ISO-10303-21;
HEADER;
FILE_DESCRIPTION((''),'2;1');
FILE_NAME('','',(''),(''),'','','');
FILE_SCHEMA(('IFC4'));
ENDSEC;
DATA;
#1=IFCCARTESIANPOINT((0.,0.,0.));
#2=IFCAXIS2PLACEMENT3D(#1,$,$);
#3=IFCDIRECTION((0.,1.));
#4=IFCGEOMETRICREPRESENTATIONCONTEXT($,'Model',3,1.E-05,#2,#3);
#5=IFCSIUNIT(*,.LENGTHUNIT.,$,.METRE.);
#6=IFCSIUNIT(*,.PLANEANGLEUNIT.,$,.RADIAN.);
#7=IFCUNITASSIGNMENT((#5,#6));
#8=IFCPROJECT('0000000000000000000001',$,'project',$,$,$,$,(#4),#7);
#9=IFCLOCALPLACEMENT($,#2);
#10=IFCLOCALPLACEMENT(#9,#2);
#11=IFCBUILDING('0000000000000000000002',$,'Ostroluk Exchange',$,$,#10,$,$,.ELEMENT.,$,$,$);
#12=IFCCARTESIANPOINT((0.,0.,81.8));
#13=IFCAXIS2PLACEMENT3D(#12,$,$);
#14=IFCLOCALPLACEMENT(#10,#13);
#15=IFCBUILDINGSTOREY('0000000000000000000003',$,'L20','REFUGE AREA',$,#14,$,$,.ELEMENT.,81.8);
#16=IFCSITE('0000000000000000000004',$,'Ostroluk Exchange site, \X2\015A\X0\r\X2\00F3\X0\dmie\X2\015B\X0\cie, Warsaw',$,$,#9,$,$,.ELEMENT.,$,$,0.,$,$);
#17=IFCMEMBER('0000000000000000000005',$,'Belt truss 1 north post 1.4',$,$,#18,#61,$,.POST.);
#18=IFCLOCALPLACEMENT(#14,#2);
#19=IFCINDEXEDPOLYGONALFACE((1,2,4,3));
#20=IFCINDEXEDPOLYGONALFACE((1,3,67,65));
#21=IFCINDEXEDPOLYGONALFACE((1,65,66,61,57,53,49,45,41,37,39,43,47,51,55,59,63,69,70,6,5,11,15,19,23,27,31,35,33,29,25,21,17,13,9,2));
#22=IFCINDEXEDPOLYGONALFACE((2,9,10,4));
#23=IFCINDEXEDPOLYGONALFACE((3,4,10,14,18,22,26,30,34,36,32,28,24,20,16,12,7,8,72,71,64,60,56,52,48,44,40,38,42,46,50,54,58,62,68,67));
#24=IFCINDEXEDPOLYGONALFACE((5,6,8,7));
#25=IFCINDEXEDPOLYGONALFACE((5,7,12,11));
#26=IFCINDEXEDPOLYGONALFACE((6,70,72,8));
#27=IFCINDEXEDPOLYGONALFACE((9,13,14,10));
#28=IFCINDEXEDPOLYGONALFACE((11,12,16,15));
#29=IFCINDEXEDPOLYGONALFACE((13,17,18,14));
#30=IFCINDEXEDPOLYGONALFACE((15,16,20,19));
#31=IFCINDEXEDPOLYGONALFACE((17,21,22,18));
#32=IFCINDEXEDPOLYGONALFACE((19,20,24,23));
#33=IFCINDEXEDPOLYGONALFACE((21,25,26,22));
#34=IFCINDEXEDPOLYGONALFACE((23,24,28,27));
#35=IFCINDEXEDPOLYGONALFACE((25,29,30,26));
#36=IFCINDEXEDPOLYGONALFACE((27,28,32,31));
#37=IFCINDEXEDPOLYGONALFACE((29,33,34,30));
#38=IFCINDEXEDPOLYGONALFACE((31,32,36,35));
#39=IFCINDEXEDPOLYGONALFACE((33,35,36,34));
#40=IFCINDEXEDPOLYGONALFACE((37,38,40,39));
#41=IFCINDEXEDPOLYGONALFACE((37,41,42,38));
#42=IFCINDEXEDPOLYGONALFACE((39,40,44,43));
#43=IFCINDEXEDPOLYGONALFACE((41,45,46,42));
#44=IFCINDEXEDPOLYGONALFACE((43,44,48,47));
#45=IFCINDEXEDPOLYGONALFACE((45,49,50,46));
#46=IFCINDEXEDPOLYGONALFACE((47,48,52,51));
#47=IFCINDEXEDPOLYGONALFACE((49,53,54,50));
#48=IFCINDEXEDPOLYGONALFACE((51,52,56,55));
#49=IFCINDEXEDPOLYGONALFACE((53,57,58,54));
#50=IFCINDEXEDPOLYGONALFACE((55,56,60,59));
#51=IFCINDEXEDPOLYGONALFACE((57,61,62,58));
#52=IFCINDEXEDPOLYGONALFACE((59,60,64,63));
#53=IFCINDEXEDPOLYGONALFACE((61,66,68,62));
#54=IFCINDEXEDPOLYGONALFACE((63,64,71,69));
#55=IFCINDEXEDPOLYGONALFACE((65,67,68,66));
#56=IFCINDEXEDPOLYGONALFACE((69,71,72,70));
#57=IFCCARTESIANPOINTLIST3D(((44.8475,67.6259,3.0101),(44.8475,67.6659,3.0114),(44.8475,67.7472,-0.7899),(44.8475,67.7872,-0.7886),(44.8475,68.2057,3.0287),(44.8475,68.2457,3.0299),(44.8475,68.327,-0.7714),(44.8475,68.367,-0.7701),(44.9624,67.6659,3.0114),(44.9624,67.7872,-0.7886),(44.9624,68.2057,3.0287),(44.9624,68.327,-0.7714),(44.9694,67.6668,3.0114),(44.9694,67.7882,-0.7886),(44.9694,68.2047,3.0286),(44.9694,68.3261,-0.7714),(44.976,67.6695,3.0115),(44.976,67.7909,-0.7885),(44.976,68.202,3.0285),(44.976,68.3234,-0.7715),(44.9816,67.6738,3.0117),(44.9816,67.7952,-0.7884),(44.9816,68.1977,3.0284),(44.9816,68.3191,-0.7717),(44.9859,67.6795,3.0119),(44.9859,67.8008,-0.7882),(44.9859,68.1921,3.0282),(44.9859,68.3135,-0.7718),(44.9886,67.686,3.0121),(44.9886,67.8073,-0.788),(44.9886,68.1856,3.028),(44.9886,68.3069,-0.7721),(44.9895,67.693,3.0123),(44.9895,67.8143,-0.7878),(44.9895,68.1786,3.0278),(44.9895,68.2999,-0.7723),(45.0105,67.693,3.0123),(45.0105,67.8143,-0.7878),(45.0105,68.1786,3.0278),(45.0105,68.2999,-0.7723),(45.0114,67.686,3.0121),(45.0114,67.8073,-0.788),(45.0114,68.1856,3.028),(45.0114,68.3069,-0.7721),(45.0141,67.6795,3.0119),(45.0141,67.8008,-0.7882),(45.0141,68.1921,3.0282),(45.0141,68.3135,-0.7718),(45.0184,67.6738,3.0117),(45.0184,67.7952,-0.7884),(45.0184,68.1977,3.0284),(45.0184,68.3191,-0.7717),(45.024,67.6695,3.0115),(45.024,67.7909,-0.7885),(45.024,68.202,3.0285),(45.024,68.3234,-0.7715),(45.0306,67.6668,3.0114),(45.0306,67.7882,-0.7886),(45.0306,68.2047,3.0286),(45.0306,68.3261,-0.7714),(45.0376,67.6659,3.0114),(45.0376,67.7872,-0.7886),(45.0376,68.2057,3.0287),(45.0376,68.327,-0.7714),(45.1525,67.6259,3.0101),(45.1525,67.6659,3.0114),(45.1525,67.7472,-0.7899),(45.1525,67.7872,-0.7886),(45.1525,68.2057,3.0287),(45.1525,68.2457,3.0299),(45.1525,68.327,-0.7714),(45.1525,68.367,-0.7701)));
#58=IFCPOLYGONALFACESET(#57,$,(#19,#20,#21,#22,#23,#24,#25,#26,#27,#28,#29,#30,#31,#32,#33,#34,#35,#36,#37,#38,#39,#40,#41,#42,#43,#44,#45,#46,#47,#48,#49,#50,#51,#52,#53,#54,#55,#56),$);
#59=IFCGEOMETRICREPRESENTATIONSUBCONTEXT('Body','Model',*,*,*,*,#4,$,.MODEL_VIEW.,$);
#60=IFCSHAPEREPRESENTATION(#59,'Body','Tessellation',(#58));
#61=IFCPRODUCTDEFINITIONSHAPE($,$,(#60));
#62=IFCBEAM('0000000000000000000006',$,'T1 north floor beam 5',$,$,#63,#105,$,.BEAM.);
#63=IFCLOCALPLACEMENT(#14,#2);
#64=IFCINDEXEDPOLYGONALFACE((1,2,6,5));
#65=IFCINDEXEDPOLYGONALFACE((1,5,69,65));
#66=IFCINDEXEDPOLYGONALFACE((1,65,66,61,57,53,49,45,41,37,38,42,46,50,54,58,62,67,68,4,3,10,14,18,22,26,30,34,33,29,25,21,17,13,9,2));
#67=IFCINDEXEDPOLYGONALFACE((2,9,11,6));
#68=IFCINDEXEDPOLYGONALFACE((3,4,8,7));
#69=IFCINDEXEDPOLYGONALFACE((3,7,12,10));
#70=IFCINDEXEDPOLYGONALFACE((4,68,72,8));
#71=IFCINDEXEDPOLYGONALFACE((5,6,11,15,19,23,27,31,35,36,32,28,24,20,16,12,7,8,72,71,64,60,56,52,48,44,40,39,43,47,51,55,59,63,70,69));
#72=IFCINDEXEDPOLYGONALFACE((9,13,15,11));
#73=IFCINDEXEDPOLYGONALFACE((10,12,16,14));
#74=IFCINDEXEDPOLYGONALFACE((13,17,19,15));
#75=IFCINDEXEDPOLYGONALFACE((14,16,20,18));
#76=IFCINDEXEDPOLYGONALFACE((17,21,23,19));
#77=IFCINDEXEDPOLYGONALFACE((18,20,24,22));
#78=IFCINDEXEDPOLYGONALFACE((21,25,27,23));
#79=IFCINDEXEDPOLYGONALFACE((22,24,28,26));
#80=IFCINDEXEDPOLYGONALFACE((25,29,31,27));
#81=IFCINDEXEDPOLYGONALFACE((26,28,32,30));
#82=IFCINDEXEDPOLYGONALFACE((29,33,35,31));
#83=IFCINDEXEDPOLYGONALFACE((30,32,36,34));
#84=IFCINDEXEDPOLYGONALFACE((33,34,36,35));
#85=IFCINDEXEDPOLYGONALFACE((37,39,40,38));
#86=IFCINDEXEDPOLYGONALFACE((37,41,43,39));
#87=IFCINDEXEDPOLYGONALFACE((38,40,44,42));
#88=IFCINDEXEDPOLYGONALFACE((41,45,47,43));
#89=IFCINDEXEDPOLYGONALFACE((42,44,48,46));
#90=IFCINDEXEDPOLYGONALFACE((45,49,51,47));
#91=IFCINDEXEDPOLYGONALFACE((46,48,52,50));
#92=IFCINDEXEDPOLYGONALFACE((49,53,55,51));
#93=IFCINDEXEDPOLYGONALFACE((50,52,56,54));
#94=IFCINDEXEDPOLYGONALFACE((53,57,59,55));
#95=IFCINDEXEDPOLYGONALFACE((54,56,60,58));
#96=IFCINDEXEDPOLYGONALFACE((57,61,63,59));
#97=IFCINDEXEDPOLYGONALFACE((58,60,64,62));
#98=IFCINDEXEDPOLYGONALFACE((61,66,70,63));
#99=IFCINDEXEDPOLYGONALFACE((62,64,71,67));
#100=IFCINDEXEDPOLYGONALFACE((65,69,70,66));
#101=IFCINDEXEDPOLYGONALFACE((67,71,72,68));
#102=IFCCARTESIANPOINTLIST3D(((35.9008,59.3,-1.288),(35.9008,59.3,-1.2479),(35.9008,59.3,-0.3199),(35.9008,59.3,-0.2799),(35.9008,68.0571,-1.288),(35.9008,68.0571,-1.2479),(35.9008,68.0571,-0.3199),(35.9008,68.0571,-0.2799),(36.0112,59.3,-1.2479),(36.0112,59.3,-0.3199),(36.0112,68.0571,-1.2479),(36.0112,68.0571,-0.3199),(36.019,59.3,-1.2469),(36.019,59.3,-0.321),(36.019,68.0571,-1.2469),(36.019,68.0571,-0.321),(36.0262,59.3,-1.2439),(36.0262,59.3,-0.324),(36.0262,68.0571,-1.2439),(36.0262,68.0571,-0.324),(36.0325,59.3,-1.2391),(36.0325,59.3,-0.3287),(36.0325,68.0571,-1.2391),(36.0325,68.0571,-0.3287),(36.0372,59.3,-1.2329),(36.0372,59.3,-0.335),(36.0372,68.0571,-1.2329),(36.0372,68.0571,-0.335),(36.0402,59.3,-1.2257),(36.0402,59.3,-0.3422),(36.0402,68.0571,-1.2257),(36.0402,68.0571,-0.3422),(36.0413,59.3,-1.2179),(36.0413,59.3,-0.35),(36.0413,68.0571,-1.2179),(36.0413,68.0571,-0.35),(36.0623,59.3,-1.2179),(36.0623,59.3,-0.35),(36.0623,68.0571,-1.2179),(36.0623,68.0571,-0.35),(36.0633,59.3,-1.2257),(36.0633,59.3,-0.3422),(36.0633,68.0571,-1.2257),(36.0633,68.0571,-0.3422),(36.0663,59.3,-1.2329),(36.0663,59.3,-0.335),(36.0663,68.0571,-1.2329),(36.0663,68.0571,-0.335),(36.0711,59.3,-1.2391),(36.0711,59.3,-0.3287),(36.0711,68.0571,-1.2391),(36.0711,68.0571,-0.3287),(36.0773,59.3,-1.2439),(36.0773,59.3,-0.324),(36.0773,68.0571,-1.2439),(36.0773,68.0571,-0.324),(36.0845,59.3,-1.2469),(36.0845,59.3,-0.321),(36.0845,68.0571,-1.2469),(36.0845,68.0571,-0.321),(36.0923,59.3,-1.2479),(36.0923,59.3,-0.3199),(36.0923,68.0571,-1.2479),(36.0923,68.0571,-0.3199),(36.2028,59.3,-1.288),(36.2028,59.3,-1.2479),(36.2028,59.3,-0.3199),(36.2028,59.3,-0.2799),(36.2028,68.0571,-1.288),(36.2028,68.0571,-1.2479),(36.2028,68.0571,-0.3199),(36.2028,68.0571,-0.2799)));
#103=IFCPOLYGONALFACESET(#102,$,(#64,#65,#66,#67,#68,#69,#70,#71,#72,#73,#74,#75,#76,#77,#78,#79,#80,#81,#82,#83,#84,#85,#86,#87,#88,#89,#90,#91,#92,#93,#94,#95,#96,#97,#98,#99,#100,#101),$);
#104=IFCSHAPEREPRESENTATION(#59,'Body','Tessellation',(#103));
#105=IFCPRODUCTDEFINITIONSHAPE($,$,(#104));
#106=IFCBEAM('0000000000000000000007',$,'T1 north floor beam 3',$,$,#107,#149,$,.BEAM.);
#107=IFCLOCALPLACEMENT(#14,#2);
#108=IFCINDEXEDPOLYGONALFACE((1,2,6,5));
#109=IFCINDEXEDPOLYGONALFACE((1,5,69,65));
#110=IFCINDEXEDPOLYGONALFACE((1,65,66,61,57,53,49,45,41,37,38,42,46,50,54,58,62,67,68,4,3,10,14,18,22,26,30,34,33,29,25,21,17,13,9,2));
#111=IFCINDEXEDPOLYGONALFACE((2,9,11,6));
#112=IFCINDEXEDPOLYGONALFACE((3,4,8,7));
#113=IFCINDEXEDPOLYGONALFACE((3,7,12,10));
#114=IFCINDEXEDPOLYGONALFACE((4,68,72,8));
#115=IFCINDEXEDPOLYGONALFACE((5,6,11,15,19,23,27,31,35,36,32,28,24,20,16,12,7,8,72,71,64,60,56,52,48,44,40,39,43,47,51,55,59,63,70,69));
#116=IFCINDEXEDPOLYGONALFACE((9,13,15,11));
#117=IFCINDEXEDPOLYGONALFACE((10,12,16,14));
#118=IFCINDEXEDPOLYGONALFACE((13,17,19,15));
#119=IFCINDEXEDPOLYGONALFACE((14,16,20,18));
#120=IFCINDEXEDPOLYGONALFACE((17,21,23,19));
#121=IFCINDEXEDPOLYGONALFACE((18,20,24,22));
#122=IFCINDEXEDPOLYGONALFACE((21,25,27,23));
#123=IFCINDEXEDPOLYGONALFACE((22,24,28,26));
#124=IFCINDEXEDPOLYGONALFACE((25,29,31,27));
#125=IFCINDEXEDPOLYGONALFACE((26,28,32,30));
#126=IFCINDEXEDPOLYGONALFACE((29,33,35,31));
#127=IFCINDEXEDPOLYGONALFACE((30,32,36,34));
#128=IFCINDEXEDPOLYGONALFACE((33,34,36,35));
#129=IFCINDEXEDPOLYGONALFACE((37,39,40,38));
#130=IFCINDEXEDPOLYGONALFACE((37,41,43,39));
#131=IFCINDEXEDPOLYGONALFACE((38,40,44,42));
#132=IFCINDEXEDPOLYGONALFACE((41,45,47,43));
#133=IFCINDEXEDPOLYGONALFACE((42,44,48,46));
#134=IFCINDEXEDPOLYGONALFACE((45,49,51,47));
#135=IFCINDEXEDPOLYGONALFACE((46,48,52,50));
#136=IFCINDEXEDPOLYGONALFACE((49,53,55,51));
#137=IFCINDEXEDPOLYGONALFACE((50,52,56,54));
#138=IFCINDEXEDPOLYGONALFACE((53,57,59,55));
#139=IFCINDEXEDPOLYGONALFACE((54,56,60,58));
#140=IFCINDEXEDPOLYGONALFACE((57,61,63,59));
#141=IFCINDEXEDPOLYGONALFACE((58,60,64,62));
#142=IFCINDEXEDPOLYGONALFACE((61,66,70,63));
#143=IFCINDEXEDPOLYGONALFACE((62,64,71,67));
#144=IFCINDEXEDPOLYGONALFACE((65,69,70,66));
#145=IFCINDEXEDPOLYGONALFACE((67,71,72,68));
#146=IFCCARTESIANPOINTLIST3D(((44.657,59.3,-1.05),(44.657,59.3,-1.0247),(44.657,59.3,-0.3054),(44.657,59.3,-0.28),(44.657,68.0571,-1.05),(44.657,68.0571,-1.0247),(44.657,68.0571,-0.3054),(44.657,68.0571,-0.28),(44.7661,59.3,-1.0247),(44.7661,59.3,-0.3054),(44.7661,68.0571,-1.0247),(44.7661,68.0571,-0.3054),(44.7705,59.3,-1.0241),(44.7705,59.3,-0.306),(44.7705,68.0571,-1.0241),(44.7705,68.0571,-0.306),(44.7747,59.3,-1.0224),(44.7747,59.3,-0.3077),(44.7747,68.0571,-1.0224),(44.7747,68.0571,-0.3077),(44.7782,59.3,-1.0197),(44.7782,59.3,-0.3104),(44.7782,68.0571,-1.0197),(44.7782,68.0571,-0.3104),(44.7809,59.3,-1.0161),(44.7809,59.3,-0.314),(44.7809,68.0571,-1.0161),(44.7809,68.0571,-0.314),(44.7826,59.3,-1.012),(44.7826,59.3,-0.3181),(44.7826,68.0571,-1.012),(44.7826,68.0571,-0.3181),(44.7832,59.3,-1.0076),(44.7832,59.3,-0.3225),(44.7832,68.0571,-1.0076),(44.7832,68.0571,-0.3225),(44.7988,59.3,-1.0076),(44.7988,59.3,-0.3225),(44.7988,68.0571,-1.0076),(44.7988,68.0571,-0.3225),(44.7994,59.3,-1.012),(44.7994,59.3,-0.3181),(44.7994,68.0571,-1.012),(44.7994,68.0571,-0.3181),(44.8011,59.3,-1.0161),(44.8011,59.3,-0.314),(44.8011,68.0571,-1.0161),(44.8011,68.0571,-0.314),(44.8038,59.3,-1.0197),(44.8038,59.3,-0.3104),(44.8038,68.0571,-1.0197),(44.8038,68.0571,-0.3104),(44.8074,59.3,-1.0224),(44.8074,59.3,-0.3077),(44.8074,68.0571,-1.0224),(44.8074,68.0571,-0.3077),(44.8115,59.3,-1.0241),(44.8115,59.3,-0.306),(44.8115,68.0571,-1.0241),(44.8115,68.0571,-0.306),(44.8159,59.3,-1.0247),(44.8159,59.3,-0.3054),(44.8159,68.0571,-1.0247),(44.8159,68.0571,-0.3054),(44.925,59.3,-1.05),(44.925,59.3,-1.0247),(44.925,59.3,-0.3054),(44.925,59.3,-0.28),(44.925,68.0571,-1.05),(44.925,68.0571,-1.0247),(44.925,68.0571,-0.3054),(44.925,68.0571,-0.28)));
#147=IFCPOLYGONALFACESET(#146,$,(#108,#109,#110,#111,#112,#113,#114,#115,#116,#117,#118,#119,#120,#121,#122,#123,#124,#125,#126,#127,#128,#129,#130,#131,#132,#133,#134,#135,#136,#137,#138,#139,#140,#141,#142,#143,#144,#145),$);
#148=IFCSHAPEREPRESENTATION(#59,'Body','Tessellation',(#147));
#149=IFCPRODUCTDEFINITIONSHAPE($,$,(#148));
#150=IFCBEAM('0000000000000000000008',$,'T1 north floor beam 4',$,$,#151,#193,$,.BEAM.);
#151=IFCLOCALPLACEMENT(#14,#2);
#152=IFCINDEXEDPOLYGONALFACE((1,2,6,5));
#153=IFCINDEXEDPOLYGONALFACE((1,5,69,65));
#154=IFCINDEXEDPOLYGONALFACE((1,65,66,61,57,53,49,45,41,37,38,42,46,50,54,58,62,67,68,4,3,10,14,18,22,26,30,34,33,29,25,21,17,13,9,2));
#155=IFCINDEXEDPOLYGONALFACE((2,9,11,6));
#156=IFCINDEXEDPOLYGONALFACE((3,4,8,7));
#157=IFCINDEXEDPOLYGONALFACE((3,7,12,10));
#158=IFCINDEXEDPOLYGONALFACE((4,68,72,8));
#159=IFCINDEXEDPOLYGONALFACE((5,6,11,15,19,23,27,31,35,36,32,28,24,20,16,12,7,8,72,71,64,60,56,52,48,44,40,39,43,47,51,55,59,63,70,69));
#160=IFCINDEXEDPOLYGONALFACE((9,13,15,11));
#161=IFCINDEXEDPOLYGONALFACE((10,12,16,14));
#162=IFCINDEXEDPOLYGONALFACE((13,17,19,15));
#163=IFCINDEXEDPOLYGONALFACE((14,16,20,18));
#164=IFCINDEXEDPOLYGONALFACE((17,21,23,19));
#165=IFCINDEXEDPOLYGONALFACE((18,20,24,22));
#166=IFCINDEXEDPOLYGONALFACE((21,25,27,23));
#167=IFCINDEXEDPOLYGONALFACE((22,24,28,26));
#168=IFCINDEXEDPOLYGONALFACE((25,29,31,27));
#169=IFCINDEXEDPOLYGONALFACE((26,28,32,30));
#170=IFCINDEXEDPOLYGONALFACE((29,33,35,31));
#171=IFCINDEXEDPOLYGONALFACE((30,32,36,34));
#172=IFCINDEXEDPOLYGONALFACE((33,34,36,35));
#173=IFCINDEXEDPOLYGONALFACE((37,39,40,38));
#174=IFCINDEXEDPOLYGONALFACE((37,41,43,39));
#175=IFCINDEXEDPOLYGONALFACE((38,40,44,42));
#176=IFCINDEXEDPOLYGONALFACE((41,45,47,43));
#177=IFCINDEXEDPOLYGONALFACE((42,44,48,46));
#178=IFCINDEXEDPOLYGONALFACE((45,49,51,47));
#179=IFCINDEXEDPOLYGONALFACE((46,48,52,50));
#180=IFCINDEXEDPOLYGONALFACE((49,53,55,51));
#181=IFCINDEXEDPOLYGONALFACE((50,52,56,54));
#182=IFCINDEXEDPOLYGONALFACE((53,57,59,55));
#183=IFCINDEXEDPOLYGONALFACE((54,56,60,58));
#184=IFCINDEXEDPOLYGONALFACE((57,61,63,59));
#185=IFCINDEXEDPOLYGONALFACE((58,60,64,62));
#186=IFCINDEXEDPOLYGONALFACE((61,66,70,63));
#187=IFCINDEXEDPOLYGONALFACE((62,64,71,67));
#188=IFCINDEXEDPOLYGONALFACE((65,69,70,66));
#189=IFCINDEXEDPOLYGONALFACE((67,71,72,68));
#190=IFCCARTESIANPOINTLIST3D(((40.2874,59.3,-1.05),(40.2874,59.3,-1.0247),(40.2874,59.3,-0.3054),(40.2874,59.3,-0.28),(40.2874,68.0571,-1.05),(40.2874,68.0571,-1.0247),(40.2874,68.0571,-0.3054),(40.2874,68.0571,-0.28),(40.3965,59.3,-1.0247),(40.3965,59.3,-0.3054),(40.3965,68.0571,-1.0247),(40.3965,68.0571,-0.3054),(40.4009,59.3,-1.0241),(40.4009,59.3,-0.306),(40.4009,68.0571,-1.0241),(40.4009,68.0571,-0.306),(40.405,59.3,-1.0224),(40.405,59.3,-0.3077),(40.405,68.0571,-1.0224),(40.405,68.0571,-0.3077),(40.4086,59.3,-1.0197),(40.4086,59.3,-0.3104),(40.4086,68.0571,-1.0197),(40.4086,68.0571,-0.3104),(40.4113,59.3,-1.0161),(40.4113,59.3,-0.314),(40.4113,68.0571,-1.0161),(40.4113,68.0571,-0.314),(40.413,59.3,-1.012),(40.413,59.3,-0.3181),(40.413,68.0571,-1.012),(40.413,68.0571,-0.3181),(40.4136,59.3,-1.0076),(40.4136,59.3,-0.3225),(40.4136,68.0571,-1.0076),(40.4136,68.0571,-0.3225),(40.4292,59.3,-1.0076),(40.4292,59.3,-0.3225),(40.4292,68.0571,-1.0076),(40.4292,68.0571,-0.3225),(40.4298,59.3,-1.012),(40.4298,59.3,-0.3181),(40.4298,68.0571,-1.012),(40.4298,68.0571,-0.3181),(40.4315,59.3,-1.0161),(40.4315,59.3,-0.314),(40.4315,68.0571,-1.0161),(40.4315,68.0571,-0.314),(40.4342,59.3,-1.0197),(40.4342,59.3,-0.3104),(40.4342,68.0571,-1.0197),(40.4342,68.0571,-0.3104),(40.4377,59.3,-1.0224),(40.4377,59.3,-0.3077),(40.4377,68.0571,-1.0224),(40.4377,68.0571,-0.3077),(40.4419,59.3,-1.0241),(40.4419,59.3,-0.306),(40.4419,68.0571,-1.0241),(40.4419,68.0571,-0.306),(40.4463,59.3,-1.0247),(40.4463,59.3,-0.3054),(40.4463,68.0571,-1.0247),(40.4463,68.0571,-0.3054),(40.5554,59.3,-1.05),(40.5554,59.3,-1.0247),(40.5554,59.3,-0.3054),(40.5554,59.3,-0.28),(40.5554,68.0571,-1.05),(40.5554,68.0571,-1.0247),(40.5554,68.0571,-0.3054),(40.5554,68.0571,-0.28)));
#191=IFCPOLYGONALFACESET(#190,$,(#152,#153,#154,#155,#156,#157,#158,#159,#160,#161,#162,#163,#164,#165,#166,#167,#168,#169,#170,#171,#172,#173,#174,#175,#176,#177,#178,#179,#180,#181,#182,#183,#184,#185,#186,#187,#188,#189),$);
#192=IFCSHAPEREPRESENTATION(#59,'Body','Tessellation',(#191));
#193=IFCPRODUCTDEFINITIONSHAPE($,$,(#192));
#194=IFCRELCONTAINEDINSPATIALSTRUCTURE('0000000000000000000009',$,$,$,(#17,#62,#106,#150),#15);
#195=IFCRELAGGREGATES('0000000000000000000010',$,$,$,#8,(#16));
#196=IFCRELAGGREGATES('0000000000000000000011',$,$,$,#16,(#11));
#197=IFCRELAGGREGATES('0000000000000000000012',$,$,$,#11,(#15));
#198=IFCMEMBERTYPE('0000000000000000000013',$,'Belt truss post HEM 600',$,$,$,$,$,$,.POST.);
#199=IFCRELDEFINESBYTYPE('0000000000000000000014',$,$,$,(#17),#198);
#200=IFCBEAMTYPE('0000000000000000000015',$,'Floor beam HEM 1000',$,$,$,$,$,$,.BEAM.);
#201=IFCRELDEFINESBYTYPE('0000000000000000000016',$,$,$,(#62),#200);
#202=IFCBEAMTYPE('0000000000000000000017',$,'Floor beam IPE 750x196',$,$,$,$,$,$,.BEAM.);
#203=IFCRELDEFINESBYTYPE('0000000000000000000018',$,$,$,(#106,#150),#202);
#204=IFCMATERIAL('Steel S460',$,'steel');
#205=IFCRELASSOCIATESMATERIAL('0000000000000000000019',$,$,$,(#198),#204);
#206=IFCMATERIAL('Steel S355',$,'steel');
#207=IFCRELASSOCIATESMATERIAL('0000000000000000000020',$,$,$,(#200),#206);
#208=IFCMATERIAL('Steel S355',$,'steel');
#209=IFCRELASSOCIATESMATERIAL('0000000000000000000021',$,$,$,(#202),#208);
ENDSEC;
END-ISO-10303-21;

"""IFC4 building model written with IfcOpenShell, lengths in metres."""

from ifc_helpers import new_model, si_unit, direction, frame, origin, origin_2d, place, context, subcontext, project, spatial, i_section, extrude, material, material_profile, profile_set, type_object, element, save


model = new_model("IFC4")

# Units and contexts
model_context = context("Model", 3, precision=1e-05, world=origin(), true_north=direction((0.0, 1.0)))
body_context = subcontext(model_context, "Body", "Model", "MODEL_VIEW")
ifc_project = project(units=[si_unit("LENGTHUNIT", "METRE"), si_unit("PLANEANGLEUNIT", "RADIAN")], contexts=[model_context])

# Site, building, storey
site_placement = place(None, origin())
site = spatial("IfcSite", under=ifc_project, at=site_placement, Name="Ostroluk Exchange site, Śródmieście, Warsaw", CompositionType="ELEMENT", RefElevation=0.0)
building_placement = place(site_placement, origin())
building = spatial("IfcBuilding", under=site, at=building_placement, Name="Ostroluk Exchange", CompositionType="ELEMENT")
storey_placement = place(building_placement, frame((0.0, 0.0, 81.8)))
storey = spatial("IfcBuildingStorey", under=building, at=storey_placement, Name="L20", Description="REFUGE AREA", CompositionType="ELEMENT", Elevation=81.8)

# Member
ifc_material_1 = material(Name="Steel S460", Category="steel")
ifc_material_profile_1 = material_profile(ifc_material_1, i_section(OverallWidth=0.3049, OverallDepth=0.6201, WebThickness=0.021, FlangeThickness=0.04, FilletRadius=0.0271, at=origin_2d()), Name="HEM 600")
ifc_profile_set_1 = profile_set([ifc_material_profile_1], Name="Steel S460")
member_type_1 = type_object("IfcMemberType", Name="Belt truss post HEM 600", PredefinedType="POST", material=ifc_profile_set_1)
member_1_placement = place(storey_placement, frame((45.0, 68.0571, -0.78), z_axis=(0.0, -0.031914, 0.999491), x_axis=(1.0, 0.0, 0.0)))
element("IfcMember", 1, at=member_1_placement, inside=storey, type_object=member_type_1, Name="Belt truss 1 north post 1.4", PredefinedType="POST", context=body_context, shape_type="SweptSolid", body=[
    extrude(i_section(OverallWidth=0.3049, OverallDepth=0.6201, WebThickness=0.021, FlangeThickness=0.04, FilletRadius=0.0271, at=origin_2d()), origin(), (0.0, 0.0, 1.0), 3.802),
])

# Beams
ifc_material_2 = material(Name="Steel S355", Category="steel")
ifc_material_profile_2 = material_profile(ifc_material_2, i_section(OverallWidth=0.302, OverallDepth=1.0081, WebThickness=0.021, FlangeThickness=0.04, FilletRadius=0.03, at=origin_2d()), Name="HEM 1000")
ifc_profile_set_2 = profile_set([ifc_material_profile_2], Name="Steel S355")
beam_type_1 = type_object("IfcBeamType", Name="Floor beam HEM 1000", PredefinedType="BEAM", material=ifc_profile_set_2)
beam_placement = place(storey_placement, frame((36.0518, 59.3, -0.7839), z_axis=(0.0, 1.0, 0.0), x_axis=(-1.0, 0.0, 0.0)))
element("IfcBeam", 2, at=beam_placement, inside=storey, type_object=beam_type_1, Name="T1 north floor beam 5", PredefinedType="BEAM", context=body_context, shape_type="SweptSolid", body=[
    extrude(i_section(OverallWidth=0.302, OverallDepth=1.0081, WebThickness=0.021, FlangeThickness=0.04, FilletRadius=0.03, at=origin_2d()), origin(), (0.0, 0.0, 1.0), 8.7571),
])
ifc_material_3 = material(Name="Steel S355", Category="steel")
ifc_material_profile_3 = material_profile(ifc_material_3, i_section(OverallWidth=0.2681, OverallDepth=0.77, WebThickness=0.0156, FlangeThickness=0.0254, FilletRadius=0.0171, at=origin_2d()), Name="IPE 750x196")
ifc_profile_set_3 = profile_set([ifc_material_profile_3], Name="Steel S355")
beam_type_2 = type_object("IfcBeamType", Name="Floor beam IPE 750x196", PredefinedType="BEAM", material=ifc_profile_set_3)
for number, where, z_axis, x_axis, name in (
    (3, (44.791, 59.3, -0.665), (0.0, 1.0, 0.0), (-1.0, 0.0, 0.0), "T1 north floor beam 3"),
    (4, (40.4214, 59.3, -0.665), (0.0, 1.0, 0.0), (-1.0, 0.0, 0.0), "T1 north floor beam 4"),
):
    element("IfcBeam", number, at=place(storey_placement, frame(where, z_axis=z_axis, x_axis=x_axis)), inside=storey, type_object=beam_type_2, Name=name, PredefinedType="BEAM", context=body_context, shape_type="SweptSolid", body=[
        extrude(i_section(OverallWidth=0.2681, OverallDepth=0.77, WebThickness=0.0156, FlangeThickness=0.0254, FilletRadius=0.0171, at=origin_2d()), origin(), (0.0, 0.0, 1.0), 8.7571),
    ])

save(model, "model.ifc")
